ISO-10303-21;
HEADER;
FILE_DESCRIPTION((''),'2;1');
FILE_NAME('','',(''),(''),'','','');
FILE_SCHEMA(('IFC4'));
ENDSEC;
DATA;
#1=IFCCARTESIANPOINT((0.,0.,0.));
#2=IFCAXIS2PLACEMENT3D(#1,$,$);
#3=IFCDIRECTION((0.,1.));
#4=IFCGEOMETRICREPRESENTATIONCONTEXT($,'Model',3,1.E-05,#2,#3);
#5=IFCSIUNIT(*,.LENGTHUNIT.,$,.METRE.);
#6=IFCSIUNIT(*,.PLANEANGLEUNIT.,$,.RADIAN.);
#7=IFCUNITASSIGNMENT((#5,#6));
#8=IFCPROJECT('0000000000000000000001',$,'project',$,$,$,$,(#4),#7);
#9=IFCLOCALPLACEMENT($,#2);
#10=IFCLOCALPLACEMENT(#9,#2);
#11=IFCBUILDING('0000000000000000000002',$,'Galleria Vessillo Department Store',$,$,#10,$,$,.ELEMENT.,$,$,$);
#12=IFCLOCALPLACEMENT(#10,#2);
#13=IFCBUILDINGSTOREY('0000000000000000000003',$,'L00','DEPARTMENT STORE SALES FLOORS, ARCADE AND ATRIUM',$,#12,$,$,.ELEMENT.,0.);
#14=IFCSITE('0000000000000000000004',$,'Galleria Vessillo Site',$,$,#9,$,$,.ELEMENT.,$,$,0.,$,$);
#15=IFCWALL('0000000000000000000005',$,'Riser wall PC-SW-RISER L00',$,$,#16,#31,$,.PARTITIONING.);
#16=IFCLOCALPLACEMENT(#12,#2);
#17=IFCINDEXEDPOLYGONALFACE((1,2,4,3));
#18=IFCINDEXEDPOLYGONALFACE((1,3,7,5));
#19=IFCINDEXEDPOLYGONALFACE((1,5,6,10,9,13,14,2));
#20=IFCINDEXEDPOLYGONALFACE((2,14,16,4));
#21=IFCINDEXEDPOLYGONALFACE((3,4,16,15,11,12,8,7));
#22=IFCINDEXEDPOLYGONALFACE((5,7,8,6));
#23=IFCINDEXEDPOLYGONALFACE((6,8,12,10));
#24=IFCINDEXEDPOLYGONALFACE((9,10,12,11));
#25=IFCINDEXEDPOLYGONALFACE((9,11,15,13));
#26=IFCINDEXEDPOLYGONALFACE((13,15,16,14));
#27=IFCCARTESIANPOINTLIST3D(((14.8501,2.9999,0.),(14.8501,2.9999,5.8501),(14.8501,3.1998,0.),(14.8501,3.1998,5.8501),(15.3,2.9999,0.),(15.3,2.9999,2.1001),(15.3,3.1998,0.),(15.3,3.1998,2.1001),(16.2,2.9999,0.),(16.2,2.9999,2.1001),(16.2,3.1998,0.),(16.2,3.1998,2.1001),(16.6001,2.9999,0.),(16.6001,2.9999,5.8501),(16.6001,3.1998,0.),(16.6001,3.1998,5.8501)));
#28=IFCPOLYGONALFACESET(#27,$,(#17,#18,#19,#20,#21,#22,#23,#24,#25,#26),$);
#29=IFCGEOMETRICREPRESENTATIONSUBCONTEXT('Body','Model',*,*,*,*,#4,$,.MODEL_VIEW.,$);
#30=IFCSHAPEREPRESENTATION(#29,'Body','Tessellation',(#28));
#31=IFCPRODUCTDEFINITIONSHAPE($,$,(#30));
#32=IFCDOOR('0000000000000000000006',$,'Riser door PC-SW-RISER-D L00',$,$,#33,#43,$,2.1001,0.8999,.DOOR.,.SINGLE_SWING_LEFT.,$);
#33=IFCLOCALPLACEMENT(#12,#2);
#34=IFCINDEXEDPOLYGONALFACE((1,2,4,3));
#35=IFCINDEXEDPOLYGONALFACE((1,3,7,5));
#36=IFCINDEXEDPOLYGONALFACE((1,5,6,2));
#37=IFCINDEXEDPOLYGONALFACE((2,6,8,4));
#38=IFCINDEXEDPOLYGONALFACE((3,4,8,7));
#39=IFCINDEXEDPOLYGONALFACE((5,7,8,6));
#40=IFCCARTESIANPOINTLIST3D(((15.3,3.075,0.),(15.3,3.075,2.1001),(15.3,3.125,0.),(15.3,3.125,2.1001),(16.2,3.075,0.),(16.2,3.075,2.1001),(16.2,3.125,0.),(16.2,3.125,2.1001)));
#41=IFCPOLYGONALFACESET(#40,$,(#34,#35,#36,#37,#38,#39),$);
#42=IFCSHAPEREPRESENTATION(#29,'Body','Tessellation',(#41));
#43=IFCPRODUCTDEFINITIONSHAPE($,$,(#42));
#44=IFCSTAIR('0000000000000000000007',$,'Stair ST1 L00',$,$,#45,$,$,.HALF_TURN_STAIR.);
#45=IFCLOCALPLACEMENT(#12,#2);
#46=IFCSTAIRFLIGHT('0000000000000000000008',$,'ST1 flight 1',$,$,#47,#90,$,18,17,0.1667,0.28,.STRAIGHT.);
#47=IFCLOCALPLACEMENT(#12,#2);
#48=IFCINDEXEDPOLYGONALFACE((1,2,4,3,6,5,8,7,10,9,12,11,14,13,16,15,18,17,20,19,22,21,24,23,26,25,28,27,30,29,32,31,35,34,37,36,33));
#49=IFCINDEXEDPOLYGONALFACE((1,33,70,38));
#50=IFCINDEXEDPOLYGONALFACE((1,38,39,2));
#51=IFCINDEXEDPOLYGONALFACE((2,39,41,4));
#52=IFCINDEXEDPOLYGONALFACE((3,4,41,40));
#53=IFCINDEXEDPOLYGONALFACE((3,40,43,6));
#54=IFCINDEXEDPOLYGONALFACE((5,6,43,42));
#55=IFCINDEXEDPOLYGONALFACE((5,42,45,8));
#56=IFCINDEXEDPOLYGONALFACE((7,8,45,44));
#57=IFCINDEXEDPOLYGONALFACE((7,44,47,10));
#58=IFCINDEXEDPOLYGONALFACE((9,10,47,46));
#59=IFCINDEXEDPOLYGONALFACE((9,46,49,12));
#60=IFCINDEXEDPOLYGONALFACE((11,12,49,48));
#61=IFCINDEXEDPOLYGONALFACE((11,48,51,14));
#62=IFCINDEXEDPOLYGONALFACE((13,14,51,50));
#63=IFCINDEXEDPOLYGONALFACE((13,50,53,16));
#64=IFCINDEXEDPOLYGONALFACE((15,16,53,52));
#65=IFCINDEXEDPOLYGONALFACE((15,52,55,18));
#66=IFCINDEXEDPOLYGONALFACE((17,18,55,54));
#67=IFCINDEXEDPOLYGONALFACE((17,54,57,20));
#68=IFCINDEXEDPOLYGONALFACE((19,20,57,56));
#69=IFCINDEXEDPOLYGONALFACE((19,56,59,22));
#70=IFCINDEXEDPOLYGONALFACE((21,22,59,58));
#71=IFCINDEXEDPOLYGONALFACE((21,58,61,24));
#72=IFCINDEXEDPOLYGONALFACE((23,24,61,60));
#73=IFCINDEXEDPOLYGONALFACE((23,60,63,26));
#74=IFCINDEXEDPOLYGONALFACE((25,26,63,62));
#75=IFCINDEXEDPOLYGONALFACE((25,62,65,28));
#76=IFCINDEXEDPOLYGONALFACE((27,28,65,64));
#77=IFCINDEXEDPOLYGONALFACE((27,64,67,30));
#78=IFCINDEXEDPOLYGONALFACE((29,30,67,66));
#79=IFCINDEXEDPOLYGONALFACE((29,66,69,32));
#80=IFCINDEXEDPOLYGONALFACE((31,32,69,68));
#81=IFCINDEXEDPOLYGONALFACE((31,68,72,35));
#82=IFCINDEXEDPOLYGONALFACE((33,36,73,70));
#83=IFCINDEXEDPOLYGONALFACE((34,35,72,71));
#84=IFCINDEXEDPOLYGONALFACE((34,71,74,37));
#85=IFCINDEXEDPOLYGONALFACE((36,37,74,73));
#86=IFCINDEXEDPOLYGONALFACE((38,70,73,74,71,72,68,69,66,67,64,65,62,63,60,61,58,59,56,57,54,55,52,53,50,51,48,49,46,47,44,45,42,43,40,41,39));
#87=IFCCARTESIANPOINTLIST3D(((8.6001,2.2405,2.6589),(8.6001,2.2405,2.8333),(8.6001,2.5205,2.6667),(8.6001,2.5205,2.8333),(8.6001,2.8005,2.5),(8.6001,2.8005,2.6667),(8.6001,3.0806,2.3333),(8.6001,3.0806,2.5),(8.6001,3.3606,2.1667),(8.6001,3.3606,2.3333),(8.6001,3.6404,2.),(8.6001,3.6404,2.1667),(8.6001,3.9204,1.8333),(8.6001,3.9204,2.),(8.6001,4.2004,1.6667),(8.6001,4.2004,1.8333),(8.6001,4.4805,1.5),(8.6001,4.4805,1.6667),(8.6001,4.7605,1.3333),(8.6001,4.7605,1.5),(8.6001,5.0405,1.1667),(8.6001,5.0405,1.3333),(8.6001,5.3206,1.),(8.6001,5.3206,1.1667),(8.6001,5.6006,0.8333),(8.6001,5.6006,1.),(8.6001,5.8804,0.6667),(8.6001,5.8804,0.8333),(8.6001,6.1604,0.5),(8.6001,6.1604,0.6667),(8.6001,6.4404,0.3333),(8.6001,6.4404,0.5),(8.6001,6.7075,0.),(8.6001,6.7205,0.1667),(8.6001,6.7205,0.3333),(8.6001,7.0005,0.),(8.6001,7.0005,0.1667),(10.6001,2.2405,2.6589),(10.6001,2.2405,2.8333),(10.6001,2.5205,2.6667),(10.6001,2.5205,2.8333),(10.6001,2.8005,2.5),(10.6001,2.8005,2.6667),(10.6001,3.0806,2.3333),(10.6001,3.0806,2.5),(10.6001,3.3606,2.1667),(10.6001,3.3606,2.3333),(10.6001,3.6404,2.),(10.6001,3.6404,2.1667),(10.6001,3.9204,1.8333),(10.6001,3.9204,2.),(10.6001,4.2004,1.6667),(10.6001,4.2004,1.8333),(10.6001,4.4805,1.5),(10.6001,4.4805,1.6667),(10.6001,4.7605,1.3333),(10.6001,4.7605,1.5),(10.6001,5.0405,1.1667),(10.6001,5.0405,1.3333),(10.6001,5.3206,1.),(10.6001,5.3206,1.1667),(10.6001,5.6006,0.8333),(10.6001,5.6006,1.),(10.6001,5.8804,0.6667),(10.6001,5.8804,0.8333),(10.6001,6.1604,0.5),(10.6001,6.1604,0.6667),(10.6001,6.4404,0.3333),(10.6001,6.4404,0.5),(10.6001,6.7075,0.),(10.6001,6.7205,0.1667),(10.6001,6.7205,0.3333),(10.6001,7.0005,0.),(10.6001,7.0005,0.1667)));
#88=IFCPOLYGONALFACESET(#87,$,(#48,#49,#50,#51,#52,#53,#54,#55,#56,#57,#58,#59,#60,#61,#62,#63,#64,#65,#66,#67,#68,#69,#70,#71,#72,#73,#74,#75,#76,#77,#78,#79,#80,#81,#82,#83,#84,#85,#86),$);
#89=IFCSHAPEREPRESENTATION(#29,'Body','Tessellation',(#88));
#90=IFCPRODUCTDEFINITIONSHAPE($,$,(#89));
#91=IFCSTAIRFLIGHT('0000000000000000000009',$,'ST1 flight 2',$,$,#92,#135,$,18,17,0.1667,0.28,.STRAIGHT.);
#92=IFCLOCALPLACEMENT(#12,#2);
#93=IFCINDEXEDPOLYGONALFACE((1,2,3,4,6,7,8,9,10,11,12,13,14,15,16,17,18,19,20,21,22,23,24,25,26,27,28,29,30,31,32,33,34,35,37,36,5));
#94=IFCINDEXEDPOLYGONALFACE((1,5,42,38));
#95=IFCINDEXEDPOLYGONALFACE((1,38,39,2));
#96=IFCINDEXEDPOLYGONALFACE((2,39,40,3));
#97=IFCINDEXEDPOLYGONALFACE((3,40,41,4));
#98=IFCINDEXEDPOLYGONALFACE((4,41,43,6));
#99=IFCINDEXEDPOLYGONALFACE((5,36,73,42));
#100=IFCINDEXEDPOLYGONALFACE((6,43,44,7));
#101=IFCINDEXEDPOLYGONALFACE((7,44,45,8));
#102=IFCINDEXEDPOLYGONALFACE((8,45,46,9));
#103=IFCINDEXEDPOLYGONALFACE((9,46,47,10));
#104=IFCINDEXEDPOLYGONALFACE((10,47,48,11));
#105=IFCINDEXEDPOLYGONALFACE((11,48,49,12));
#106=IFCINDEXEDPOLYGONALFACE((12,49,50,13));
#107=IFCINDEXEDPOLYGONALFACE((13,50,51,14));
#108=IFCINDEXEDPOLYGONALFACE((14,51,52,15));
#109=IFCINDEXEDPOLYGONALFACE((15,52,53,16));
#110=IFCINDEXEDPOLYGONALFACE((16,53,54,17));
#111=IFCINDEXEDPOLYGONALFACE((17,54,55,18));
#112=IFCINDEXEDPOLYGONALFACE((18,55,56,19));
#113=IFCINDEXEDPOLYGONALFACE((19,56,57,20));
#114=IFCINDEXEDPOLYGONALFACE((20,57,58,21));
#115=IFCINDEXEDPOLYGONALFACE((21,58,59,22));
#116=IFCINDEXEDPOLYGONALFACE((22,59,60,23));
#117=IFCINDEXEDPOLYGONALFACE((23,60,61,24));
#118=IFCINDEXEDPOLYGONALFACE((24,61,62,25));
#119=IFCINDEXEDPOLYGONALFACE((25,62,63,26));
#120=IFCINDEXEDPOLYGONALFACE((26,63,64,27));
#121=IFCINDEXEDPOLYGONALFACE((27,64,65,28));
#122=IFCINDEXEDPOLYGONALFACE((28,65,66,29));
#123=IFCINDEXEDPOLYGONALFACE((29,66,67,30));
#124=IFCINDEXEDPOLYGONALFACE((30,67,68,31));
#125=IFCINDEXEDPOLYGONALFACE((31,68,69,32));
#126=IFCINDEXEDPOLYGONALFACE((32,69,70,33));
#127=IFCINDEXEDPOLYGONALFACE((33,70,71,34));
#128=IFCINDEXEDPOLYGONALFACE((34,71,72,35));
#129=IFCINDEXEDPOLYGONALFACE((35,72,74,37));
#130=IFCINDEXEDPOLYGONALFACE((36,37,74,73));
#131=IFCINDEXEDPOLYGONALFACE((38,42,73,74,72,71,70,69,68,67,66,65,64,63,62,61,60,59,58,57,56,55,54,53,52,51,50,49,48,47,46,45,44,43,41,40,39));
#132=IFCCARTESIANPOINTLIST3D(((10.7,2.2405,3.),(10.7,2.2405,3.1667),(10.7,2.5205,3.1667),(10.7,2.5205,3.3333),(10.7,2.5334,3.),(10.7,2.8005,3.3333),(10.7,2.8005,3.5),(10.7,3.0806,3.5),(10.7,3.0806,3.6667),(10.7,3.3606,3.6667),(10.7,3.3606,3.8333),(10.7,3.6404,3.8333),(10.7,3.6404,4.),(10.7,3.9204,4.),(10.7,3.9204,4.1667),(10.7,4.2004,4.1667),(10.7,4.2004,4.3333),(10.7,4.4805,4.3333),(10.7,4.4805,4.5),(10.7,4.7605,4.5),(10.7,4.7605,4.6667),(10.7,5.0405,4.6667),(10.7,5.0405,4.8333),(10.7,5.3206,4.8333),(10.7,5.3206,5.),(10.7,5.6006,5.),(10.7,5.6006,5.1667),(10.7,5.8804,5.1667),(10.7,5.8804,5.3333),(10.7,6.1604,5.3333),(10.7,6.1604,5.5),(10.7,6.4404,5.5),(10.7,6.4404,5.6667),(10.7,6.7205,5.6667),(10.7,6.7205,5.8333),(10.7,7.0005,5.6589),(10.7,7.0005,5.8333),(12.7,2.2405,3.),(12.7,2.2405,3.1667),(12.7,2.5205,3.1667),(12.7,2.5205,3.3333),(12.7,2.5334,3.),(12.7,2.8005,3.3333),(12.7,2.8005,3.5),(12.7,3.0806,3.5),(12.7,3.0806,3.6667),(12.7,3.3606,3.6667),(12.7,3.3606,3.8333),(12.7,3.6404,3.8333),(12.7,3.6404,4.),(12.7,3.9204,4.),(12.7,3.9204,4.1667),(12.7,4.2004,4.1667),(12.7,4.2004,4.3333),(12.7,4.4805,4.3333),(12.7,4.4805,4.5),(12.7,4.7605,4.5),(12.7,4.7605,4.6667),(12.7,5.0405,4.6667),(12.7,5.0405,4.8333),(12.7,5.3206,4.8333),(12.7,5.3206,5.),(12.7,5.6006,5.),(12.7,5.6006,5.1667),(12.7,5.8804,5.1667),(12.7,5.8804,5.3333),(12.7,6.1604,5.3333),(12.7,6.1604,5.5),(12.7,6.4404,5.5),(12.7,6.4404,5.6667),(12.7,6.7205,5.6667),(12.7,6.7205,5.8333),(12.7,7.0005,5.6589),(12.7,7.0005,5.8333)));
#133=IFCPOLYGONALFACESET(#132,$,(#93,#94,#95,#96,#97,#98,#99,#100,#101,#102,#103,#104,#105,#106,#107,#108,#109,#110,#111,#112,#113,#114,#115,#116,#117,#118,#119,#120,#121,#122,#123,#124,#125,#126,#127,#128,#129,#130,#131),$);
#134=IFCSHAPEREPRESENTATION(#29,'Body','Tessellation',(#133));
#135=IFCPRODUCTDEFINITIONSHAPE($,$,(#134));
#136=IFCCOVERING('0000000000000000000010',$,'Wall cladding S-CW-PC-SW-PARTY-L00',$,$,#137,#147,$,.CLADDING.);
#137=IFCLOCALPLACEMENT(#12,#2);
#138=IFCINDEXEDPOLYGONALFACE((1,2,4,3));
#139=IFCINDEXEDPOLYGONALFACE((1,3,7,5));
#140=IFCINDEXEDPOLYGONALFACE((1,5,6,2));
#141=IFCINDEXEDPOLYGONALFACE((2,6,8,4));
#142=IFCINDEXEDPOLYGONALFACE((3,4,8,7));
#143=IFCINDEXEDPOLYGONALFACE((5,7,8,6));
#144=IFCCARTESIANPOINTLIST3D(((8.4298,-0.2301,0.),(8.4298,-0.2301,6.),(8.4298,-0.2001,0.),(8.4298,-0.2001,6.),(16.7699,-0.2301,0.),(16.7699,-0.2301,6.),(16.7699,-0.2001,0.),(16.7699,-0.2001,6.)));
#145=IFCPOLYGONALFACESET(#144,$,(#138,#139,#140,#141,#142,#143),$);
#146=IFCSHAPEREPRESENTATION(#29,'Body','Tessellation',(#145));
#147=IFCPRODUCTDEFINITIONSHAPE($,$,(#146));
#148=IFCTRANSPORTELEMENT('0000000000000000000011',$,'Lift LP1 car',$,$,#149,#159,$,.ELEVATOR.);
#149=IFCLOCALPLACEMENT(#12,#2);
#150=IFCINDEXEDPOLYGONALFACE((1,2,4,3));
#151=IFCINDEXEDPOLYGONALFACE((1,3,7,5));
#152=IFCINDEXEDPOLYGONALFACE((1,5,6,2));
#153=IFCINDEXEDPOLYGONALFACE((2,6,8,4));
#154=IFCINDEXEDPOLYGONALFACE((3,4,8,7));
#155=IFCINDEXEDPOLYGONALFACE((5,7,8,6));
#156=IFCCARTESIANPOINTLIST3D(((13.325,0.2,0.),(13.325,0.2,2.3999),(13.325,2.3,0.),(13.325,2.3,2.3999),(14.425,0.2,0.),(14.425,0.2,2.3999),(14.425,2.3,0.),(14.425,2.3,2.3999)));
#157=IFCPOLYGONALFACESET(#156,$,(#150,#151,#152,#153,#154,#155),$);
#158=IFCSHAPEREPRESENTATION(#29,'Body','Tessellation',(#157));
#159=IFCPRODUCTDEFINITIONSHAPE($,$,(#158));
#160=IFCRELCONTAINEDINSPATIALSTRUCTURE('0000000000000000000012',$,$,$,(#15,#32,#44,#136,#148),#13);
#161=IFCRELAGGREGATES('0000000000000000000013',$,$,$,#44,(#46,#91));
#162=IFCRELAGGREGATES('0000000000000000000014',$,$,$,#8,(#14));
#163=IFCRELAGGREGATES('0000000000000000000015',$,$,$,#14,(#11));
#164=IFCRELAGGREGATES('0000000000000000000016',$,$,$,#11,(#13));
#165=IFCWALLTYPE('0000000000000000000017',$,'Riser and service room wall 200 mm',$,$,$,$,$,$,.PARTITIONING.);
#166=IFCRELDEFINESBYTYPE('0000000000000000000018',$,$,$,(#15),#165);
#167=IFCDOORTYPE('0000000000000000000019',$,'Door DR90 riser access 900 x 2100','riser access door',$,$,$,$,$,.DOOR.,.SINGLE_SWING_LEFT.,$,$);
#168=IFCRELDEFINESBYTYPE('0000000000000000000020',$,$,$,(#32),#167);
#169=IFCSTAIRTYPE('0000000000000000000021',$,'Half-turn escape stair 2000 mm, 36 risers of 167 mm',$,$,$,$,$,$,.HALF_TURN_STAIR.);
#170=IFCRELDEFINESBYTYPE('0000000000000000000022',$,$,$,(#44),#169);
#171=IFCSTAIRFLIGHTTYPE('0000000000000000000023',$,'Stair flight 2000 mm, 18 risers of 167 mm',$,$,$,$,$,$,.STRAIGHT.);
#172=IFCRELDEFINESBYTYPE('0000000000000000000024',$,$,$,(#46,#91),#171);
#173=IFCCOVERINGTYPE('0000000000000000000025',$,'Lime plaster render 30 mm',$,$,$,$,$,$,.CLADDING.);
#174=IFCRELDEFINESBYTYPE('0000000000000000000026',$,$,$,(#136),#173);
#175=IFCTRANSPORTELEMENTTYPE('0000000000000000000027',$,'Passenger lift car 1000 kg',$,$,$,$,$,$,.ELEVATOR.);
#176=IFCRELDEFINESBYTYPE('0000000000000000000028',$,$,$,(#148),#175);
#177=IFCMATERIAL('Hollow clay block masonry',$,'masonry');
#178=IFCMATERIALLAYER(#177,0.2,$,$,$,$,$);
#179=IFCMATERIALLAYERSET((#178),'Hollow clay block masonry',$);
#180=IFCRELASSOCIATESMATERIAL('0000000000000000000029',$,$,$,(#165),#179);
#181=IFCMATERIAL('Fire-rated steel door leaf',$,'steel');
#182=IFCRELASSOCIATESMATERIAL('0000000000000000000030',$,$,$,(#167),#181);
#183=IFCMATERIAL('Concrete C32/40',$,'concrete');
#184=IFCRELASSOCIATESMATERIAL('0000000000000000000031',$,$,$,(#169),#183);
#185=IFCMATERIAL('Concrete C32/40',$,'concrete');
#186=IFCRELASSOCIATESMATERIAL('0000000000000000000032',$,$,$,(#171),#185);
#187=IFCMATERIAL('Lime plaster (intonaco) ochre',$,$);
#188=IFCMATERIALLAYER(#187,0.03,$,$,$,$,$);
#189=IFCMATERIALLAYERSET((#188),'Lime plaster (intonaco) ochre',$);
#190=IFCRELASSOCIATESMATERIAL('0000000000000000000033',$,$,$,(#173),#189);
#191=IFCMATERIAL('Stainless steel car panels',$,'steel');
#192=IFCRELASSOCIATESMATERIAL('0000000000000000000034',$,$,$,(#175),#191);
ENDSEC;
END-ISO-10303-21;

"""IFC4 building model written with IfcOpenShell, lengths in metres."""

from ifc_helpers import new_model, si_unit, direction, frame, frame_2d, origin, origin_2d, place, context, subcontext, project, spatial, polyline, rectangle, outline, extrude, material, layer, layer_set, type_object, element, fill, aggregate, save


model = new_model("IFC4")

# Units and contexts
model_context = context("Model", 3, precision=1e-05, world=origin(), true_north=direction((0.0, 1.0)))
body_context = subcontext(model_context, "Body", "Model", "MODEL_VIEW")
ifc_project = project(units=[si_unit("LENGTHUNIT", "METRE"), si_unit("PLANEANGLEUNIT", "RADIAN")], contexts=[model_context])

# Site, building, storey
site_placement = place(None, origin())
site = spatial("IfcSite", under=ifc_project, at=site_placement, Name="Galleria Vessillo Site", CompositionType="ELEMENT", RefElevation=0.0)
building_placement = place(site_placement, origin())
building = spatial("IfcBuilding", under=site, at=building_placement, Name="Galleria Vessillo Department Store", CompositionType="ELEMENT")
storey_placement = place(building_placement, origin())
storey = spatial("IfcBuildingStorey", under=building, at=storey_placement, Name="L00", Description="DEPARTMENT STORE SALES FLOORS, ARCADE AND ATRIUM", CompositionType="ELEMENT", Elevation=0.0)

# Wall, opening, door
ifc_material_1 = material(Name="Hollow clay block masonry", Category="masonry")
ifc_layer_1 = layer(ifc_material_1, 0.2)
ifc_layer_set_1 = layer_set([ifc_layer_1], Name="Hollow clay block masonry")
wall_type_1 = type_object("IfcWallType", Name="Riser and service room wall 200 mm", PredefinedType="PARTITIONING", material=ifc_layer_set_1)
wall_1_placement = place(storey_placement, frame((14.8501, 3.0999, 0.0), z_axis=(0.0, 0.0, 1.0), x_axis=(1.0, 0.0, 0.0)))
wall_1 = element("IfcWall", 1, at=wall_1_placement, inside=storey, type_object=wall_type_1, Name="Riser wall PC-SW-RISER L00", PredefinedType="PARTITIONING", context=body_context, shape_type="SweptSolid", body=[
    extrude(rectangle(XDim=1.75, YDim=0.2, at=frame_2d((0.875, 0.0))), origin(), (0.0, 0.0, 1.0), 5.8501),
])
opening_1_placement = place(wall_1_placement, frame((0.45, 0.0, 0.0)))
opening_1 = element("IfcOpeningElement", 2, at=opening_1_placement, cuts=wall_1, PredefinedType="OPENING", context=body_context, shape_type="SweptSolid", body=[
    extrude(rectangle(XDim=0.8999, YDim=2.1001, at=frame_2d((0.45, 1.05))), frame((0.0, 0.1099, 0.0), z_axis=(0.0, -1.0, 0.0), x_axis=(1.0, 0.0, 0.0)), (0.0, 0.0, 1.0), 0.22),
])
ifc_material_2 = material(Name="Fire-rated steel door leaf", Category="steel")
door_type_1 = type_object("IfcDoorType", Name="Door DR90 riser access 900 x 2100", Description="riser access door", OperationType="SINGLE_SWING_LEFT", PredefinedType="DOOR", material=ifc_material_2)
door_1_placement = place(opening_1_placement, frame((0.8999, 0.0, 0.0), z_axis=(0.0, 0.0, 1.0), x_axis=(-1.0, 0.0, 0.0)))
door_1 = element("IfcDoor", 3, at=door_1_placement, inside=storey, type_object=door_type_1, Name="Riser door PC-SW-RISER-D L00", OperationType="SINGLE_SWING_LEFT", OverallHeight=2.1001, OverallWidth=0.8999, PredefinedType="DOOR", context=body_context, shape_type="SweptSolid", body=[
    extrude(rectangle(XDim=0.8999, YDim=2.1001, at=frame_2d((0.45, 1.05))), frame((0.0, 0.0249, 0.0), z_axis=(0.0, -1.0, 0.0), x_axis=(1.0, 0.0, 0.0)), (0.0, 0.0, 1.0), 0.05),
])
fill(opening_1, door_1)

# Stair, stair flights
ifc_material_3 = material(Name="Concrete C32/40", Category="concrete")
stair_type = type_object("IfcStairType", Name="Half-turn escape stair 2000 mm, 36 risers of 167 mm", PredefinedType="HALF_TURN_STAIR", material=ifc_material_3)
stair_placement = place(storey_placement, origin())
stair = element("IfcStair", 4, at=stair_placement, inside=storey, type_object=stair_type, Name="Stair ST1 L00", PredefinedType="HALF_TURN_STAIR")
ifc_material_4 = material(Name="Concrete C32/40", Category="concrete")
stair_flight_type = type_object("IfcStairFlightType", Name="Stair flight 2000 mm, 18 risers of 167 mm", PredefinedType="STRAIGHT", material=ifc_material_4)
stair_flight_1_placement = place(storey_placement, frame((9.6001, 7.0005, 0.0), z_axis=(0.0, 0.0, 1.0), x_axis=(0.0, -1.0, 0.0)))
stair_flight_1 = element("IfcStairFlight", 5, at=stair_flight_1_placement, type_object=stair_flight_type, Name="ST1 flight 1", NumberOfRisers=18, NumberOfTreads=17, PredefinedType="STRAIGHT", RiserHeight=0.1667, TreadLength=0.28, context=body_context, shape_type="SweptSolid", body=[
    extrude(outline(polyline([(0.0, 0.0), (0.0, 0.1667), (0.28, 0.1667), (0.28, 0.3333), (0.5601, 0.3333), (0.5601, 0.5), (0.8401, 0.5), (0.8401, 0.6667), (1.1201, 0.6667), (1.1201, 0.8333), (1.3999, 0.8333), (1.3999, 1.0), (1.6799, 1.0), (1.6799, 1.1667), (1.96, 1.1667), (1.96, 1.3333), (2.24, 1.3333), (2.24, 1.5), (2.52, 1.5), (2.52, 1.6667), (2.8, 1.6667), (2.8, 1.8333), (3.0801, 1.8333), (3.0801, 2.0), (3.3601, 2.0), (3.3601, 2.1667), (3.6399, 2.1667), (3.6399, 2.3333), (3.9199, 2.3333), (3.9199, 2.5), (4.2, 2.5), (4.2, 2.6667), (4.48, 2.6667), (4.48, 2.8333), (4.76, 2.8333), (4.76, 3.0), (4.76, 2.6589), (0.293, 0.0), (0.0, 0.0)])), frame((0.0, 1.0, 0.0), z_axis=(0.0, -1.0, 0.0), x_axis=(1.0, 0.0, 0.0)), (0.0, 0.0, 1.0), 2.0),
])
stair_flight_2_placement = place(storey_placement, frame((11.7, 2.2405, 3.0), z_axis=(0.0, 0.0, 1.0), x_axis=(0.0, 1.0, 0.0)))
stair_flight_2 = element("IfcStairFlight", 6, at=stair_flight_2_placement, type_object=stair_flight_type, Name="ST1 flight 2", NumberOfRisers=18, NumberOfTreads=17, PredefinedType="STRAIGHT", RiserHeight=0.1667, TreadLength=0.28, context=body_context, shape_type="SweptSolid", body=[
    extrude(outline(polyline([(0.0, 0.0), (0.0, 0.1667), (0.28, 0.1667), (0.28, 0.3333), (0.5601, 0.3333), (0.5601, 0.5), (0.8401, 0.5), (0.8401, 0.6667), (1.1201, 0.6667), (1.1201, 0.8333), (1.3999, 0.8333), (1.3999, 1.0), (1.6799, 1.0), (1.6799, 1.1667), (1.96, 1.1667), (1.96, 1.3333), (2.24, 1.3333), (2.24, 1.5), (2.52, 1.5), (2.52, 1.6667), (2.8, 1.6667), (2.8, 1.8333), (3.0801, 1.8333), (3.0801, 2.0), (3.3601, 2.0), (3.3601, 2.1667), (3.6399, 2.1667), (3.6399, 2.3333), (3.9199, 2.3333), (3.9199, 2.5), (4.2, 2.5), (4.2, 2.6667), (4.48, 2.6667), (4.48, 2.8333), (4.76, 2.8333), (4.76, 3.0), (4.76, 2.6589), (0.293, 0.0), (0.0, 0.0)])), frame((0.0, 1.0, 0.0), z_axis=(0.0, -1.0, 0.0), x_axis=(1.0, 0.0, 0.0)), (0.0, 0.0, 1.0), 2.0),
])
aggregate(stair, [stair_flight_1, stair_flight_2])

# Covering
ifc_material_5 = material(Name="Lime plaster (intonaco) ochre")
ifc_layer_2 = layer(ifc_material_5, 0.03)
ifc_layer_set_2 = layer_set([ifc_layer_2], Name="Lime plaster (intonaco) ochre")
covering_type = type_object("IfcCoveringType", Name="Lime plaster render 30 mm", PredefinedType="CLADDING", material=ifc_layer_set_2)
covering_placement = place(storey_placement, frame((12.5999, -0.2151, 0.0), z_axis=(0.0, 0.0, 1.0), x_axis=(1.0, 0.0, 0.0)))
element("IfcCovering", 7, at=covering_placement, inside=storey, type_object=covering_type, Name="Wall cladding S-CW-PC-SW-PARTY-L00", PredefinedType="CLADDING", context=body_context, shape_type="SweptSolid", body=[
    extrude(rectangle(XDim=8.3401, YDim=0.03, at=origin_2d()), origin(), (0.0, 0.0, 1.0), 6.0),
])

# Transport element
ifc_material_6 = material(Name="Stainless steel car panels", Category="steel")
transport_element_type = type_object("IfcTransportElementType", Name="Passenger lift car 1000 kg", PredefinedType="ELEVATOR", material=ifc_material_6)
transport_element_placement = place(storey_placement, frame((13.875, 1.25, 0.0), z_axis=(0.0, 0.0, 1.0), x_axis=(1.0, 0.0, 0.0)))
element("IfcTransportElement", 8, at=transport_element_placement, inside=storey, type_object=transport_element_type, Name="Lift LP1 car", PredefinedType="ELEVATOR", context=body_context, shape_type="SweptSolid", body=[
    extrude(rectangle(XDim=1.1001, YDim=2.1001, at=origin_2d()), origin(), (0.0, 0.0, 1.0), 2.3999),
])

save(model, "model.ifc")
